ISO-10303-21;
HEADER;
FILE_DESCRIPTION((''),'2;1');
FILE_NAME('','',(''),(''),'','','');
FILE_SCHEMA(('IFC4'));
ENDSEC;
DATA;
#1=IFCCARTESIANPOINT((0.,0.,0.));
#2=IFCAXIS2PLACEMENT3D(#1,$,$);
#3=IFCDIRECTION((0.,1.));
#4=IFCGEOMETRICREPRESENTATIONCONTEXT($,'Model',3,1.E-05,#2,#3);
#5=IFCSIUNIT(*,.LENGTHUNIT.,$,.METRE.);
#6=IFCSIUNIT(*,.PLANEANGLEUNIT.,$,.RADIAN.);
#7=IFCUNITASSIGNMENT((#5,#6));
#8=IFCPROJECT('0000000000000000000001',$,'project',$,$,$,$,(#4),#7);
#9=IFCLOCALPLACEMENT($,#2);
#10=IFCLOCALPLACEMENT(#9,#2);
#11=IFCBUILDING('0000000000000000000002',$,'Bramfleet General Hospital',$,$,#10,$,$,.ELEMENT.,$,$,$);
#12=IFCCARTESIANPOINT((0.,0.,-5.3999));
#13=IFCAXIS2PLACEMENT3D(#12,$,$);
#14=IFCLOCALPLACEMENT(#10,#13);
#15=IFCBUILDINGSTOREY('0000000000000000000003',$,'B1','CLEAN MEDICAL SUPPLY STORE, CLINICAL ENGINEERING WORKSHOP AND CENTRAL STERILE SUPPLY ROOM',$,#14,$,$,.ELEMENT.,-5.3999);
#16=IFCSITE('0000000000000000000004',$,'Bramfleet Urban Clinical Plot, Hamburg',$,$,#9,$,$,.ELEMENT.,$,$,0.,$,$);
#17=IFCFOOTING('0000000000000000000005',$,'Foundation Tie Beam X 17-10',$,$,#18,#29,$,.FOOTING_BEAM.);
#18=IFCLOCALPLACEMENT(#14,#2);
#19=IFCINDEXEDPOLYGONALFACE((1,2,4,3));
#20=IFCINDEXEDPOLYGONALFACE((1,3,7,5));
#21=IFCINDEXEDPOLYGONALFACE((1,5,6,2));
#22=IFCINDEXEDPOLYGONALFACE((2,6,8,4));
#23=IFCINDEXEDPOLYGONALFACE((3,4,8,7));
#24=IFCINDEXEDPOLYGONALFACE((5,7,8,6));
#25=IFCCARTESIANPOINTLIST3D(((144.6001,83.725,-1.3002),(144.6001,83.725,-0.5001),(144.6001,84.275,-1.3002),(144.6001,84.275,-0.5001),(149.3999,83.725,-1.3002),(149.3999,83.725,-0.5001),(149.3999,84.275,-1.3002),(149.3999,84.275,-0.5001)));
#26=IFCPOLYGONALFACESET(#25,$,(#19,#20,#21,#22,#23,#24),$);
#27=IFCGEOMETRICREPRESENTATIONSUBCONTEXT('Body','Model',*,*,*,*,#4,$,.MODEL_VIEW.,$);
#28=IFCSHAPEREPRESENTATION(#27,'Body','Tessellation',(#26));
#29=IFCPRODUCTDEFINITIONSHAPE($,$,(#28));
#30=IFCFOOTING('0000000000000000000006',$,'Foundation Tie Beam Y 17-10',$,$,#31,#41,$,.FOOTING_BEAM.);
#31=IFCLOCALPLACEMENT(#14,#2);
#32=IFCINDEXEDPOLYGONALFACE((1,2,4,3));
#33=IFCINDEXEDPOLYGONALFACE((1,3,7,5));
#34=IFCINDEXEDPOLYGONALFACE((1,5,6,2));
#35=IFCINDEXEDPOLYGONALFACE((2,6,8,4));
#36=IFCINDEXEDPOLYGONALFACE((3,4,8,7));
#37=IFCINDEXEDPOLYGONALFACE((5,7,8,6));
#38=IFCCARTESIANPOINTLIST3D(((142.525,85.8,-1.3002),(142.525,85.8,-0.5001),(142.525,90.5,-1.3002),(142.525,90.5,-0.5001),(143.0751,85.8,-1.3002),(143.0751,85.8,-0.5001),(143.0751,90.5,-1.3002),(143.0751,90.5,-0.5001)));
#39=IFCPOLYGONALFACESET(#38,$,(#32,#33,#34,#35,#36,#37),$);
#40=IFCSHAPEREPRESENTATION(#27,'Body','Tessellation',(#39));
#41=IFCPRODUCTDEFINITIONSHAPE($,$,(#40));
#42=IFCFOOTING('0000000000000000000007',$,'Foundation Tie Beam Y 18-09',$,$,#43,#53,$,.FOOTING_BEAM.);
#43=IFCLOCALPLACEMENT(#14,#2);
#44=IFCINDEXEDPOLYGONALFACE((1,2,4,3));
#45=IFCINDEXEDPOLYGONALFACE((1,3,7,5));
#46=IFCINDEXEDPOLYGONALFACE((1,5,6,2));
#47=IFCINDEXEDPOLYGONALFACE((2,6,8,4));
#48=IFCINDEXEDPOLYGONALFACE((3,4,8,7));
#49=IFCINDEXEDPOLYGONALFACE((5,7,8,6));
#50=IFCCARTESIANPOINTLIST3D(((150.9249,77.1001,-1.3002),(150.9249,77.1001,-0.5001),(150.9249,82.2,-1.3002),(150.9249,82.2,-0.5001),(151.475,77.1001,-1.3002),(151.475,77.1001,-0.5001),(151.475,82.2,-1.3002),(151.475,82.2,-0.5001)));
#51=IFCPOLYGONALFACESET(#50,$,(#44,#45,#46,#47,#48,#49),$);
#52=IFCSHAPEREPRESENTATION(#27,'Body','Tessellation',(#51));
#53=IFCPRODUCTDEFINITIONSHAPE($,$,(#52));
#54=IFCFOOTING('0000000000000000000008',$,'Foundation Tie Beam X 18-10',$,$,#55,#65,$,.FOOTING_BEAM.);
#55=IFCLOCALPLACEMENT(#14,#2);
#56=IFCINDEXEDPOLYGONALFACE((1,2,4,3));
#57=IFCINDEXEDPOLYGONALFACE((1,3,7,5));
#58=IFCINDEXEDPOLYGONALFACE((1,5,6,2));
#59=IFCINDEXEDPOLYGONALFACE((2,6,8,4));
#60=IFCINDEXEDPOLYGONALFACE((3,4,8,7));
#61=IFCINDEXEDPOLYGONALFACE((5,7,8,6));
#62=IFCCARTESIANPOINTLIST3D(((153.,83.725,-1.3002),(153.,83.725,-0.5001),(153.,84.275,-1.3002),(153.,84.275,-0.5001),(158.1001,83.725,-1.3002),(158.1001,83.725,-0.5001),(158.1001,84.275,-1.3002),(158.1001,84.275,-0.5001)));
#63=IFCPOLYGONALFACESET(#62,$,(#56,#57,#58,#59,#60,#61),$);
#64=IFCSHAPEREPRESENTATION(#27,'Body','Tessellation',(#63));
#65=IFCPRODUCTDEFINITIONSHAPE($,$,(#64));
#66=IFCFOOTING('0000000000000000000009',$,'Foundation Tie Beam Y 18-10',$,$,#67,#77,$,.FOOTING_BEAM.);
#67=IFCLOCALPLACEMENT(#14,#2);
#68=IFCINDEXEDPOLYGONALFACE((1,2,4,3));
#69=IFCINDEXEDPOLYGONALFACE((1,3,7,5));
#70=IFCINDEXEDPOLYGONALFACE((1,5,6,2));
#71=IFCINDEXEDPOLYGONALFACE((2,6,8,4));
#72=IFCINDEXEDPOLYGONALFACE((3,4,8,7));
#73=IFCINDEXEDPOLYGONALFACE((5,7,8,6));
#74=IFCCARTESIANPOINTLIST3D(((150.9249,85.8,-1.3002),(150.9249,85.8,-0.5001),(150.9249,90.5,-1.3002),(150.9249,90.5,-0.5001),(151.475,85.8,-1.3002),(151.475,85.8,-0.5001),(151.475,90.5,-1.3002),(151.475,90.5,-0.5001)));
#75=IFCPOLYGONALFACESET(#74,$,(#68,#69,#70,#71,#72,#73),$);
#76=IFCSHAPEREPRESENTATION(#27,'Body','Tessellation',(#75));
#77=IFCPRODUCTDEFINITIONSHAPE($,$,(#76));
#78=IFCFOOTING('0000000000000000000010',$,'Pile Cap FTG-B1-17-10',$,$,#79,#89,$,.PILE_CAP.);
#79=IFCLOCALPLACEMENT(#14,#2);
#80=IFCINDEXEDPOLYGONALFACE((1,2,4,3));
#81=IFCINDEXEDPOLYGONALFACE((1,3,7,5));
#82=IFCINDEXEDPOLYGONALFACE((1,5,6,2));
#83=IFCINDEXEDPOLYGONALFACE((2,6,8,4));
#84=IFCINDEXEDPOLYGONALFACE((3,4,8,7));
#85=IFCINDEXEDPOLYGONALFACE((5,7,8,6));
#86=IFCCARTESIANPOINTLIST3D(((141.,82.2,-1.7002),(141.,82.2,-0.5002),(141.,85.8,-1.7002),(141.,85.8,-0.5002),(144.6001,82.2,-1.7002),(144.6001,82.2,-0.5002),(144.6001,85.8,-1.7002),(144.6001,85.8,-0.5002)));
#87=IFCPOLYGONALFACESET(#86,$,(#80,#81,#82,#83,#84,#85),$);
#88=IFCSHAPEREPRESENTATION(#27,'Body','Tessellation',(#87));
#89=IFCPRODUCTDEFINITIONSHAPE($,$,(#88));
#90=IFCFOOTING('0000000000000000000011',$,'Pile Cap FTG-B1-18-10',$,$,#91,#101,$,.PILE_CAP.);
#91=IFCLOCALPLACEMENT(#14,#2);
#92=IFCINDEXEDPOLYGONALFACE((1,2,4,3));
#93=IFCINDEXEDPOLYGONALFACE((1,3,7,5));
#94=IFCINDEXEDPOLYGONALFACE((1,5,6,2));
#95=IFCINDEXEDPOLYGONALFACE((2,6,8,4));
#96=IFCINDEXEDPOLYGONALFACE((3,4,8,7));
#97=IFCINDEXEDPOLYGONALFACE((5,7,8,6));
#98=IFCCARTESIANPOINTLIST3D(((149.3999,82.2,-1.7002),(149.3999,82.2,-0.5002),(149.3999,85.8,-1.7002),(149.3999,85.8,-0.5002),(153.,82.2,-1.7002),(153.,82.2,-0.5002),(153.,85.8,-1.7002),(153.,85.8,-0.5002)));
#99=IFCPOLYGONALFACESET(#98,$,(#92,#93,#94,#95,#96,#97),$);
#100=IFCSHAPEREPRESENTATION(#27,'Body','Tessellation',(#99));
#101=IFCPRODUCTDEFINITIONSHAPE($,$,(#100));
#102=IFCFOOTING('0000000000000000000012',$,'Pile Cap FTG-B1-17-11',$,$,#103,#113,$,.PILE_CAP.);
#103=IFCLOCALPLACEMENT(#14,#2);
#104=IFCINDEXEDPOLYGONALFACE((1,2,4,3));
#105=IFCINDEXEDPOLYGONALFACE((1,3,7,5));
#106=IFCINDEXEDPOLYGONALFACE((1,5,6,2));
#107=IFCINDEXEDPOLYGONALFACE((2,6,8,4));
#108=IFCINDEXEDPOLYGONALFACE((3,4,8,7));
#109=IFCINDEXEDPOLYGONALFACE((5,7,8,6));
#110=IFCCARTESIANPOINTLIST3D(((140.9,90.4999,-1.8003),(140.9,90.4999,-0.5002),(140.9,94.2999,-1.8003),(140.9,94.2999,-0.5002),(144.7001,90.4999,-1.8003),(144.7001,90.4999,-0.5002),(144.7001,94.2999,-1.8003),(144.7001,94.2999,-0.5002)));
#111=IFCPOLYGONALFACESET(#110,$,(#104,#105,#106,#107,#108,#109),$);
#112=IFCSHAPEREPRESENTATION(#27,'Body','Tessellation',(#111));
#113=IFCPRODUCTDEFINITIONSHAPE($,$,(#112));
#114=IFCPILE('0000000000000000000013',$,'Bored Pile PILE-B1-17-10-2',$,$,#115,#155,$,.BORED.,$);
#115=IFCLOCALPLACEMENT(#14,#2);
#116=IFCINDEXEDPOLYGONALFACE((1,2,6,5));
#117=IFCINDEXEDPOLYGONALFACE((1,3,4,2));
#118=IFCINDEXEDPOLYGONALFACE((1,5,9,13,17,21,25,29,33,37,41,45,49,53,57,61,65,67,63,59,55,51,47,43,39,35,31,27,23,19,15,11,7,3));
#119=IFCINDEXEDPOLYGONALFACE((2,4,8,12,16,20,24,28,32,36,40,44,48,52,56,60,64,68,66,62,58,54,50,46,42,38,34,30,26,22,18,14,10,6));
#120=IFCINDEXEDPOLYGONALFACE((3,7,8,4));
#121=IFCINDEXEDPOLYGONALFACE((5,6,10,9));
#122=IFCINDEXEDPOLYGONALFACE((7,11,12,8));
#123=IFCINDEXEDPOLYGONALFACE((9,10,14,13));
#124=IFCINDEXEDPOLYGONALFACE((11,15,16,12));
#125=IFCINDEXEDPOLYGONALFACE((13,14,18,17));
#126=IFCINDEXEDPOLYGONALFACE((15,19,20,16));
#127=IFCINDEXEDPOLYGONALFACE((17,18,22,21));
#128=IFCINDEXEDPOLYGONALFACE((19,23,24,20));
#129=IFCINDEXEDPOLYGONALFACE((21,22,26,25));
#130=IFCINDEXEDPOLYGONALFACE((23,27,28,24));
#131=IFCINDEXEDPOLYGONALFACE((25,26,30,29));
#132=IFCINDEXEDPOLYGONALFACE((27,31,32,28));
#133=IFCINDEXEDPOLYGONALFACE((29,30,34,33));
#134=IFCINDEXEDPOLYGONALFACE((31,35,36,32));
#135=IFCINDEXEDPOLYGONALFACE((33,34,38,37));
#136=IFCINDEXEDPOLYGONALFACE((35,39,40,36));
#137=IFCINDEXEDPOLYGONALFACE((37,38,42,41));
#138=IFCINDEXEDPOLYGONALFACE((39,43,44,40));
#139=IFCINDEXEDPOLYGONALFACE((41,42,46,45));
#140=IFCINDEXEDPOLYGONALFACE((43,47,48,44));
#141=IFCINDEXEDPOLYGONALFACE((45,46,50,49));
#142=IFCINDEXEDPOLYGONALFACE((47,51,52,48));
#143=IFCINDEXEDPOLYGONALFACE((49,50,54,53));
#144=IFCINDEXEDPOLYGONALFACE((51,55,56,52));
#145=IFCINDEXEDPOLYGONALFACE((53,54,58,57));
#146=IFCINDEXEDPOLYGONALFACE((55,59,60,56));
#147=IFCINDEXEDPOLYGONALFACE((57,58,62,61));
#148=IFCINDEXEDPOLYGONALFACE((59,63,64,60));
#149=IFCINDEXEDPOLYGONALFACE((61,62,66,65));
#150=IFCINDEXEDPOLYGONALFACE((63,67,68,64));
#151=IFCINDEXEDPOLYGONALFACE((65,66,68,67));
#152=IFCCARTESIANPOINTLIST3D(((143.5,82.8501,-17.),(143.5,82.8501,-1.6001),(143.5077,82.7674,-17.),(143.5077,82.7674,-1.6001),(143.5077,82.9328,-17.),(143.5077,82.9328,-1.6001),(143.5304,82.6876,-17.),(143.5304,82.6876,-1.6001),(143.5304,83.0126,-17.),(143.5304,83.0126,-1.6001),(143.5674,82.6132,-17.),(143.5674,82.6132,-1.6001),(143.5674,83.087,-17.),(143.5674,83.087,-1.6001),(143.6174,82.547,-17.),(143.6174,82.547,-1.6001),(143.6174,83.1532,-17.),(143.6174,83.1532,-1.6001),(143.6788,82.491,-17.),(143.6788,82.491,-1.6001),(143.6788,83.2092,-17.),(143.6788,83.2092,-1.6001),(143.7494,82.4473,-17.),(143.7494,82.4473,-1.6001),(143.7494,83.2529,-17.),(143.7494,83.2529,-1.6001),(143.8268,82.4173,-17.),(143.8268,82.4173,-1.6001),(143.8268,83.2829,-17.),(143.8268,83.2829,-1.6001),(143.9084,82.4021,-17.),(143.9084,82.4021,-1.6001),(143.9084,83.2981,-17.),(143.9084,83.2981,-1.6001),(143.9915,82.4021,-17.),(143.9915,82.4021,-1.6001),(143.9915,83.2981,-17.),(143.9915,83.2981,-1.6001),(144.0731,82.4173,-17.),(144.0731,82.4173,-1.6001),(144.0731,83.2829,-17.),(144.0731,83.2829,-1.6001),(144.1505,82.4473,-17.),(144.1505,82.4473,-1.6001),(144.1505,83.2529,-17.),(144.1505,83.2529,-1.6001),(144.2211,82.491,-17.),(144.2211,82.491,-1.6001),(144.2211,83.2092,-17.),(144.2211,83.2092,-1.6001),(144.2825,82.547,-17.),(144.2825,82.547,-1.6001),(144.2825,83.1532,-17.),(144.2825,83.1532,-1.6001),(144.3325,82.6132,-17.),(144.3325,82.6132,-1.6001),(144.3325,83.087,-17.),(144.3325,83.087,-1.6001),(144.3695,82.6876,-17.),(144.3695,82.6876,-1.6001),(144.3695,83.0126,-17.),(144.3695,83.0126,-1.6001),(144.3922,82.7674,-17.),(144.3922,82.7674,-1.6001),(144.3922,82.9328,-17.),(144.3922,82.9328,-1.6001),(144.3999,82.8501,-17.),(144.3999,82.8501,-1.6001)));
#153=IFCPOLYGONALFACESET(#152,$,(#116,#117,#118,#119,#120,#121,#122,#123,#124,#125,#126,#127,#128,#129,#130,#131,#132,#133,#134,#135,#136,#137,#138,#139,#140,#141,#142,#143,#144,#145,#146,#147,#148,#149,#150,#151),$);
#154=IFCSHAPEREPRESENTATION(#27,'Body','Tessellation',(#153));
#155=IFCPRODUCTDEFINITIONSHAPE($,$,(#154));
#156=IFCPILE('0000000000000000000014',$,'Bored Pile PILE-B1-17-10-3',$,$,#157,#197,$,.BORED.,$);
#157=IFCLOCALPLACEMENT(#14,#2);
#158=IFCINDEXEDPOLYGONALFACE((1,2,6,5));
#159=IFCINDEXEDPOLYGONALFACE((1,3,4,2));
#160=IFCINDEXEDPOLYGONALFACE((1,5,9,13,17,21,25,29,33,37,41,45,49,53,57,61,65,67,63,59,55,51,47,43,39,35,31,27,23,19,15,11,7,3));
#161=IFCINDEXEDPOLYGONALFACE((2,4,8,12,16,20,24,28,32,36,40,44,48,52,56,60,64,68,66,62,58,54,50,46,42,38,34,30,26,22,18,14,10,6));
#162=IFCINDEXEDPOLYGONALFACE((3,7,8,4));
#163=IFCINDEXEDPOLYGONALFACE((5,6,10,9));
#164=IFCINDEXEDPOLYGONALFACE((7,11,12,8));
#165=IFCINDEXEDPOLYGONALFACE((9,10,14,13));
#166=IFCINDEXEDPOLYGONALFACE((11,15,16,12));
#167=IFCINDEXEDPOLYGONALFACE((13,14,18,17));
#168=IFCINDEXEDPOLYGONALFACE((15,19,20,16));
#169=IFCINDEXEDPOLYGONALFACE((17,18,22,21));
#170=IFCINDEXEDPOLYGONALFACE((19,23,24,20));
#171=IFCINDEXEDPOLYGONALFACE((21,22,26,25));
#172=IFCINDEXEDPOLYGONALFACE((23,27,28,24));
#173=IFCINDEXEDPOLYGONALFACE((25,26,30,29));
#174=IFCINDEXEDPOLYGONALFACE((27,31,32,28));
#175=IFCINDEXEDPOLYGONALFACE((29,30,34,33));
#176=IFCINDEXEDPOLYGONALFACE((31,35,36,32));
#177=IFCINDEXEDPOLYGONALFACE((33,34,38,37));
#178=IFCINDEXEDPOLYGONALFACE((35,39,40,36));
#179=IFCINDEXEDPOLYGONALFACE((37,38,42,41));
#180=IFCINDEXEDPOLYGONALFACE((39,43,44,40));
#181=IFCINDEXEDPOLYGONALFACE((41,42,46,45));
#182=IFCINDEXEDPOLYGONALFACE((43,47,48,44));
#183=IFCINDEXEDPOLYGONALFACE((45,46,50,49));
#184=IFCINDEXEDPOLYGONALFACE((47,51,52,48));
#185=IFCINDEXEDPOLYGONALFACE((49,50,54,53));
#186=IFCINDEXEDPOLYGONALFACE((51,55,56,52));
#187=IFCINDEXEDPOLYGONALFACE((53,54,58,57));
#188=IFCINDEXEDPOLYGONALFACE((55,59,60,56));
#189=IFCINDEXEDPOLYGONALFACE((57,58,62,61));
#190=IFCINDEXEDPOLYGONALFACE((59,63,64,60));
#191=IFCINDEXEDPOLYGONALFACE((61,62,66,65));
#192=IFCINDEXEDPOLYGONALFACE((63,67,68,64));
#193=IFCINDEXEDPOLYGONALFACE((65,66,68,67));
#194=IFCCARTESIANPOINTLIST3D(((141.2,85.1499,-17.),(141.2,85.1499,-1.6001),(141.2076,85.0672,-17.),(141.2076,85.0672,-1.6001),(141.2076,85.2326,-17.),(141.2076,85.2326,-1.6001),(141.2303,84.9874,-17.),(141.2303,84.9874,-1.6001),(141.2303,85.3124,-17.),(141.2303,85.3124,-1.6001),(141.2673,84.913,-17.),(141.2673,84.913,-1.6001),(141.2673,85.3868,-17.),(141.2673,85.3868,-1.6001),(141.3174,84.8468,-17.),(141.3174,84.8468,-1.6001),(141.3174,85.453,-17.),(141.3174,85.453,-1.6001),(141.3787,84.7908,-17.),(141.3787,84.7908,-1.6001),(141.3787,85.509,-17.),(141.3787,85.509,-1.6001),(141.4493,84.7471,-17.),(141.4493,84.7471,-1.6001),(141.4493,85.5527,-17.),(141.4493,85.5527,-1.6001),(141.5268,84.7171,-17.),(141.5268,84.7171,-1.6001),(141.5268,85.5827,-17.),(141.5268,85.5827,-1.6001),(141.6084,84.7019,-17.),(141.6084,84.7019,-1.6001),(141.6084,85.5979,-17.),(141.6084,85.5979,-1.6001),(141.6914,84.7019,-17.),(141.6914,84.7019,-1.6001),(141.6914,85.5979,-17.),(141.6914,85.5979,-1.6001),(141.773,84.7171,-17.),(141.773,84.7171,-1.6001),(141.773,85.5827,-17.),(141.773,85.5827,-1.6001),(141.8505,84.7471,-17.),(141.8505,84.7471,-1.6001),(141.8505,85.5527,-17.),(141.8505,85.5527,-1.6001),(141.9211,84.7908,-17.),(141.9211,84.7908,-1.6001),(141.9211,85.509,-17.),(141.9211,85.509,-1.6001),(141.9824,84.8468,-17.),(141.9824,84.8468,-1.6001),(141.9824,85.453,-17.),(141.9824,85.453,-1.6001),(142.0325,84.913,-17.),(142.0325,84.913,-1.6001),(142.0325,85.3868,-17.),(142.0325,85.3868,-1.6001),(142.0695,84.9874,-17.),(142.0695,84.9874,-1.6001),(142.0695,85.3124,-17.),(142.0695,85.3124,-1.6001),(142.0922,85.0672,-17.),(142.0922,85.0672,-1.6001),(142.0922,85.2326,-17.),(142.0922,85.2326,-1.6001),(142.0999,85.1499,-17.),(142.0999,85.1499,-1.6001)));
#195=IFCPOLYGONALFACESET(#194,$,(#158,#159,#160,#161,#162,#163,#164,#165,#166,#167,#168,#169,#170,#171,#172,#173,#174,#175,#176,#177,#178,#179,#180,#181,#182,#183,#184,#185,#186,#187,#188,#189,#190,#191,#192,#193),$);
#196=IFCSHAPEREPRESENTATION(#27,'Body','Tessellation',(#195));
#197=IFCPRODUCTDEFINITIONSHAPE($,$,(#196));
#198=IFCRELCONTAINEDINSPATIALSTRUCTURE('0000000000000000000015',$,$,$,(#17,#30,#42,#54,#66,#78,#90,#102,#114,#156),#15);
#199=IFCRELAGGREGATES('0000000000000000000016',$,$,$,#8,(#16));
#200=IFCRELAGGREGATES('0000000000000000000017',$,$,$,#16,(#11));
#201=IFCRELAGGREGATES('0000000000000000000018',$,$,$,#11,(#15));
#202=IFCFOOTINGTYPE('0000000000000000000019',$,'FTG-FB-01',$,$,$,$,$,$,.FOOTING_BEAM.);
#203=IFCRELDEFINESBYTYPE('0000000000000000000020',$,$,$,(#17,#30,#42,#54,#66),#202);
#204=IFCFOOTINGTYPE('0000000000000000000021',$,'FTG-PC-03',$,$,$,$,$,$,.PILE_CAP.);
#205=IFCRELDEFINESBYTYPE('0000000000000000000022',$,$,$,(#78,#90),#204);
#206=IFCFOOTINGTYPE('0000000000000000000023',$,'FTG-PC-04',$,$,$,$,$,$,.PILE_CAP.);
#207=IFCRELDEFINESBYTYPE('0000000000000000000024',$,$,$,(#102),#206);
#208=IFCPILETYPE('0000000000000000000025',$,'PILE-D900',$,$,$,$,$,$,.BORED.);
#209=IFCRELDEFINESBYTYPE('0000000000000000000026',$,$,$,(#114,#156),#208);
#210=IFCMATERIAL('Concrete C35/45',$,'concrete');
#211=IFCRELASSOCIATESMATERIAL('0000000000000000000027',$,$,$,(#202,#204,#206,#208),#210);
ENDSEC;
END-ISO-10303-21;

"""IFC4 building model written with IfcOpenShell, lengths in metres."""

from ifc_helpers import new_model, si_unit, direction, frame, origin, origin_2d, place, context, subcontext, project, spatial, rectangle, circle, extrude, material, material_profile, profile_set, type_object, element, save


model = new_model("IFC4")

# Units and contexts
model_context = context("Model", 3, precision=1e-05, world=origin(), true_north=direction((0.0, 1.0)))
body_context = subcontext(model_context, "Body", "Model", "MODEL_VIEW")
ifc_project = project(units=[si_unit("LENGTHUNIT", "METRE"), si_unit("PLANEANGLEUNIT", "RADIAN")], contexts=[model_context])

# Site, building, storey
site_placement = place(None, origin())
site = spatial("IfcSite", under=ifc_project, at=site_placement, Name="Bramfleet Urban Clinical Plot, Hamburg", CompositionType="ELEMENT", RefElevation=0.0)
building_placement = place(site_placement, origin())
building = spatial("IfcBuilding", under=site, at=building_placement, Name="Bramfleet General Hospital", CompositionType="ELEMENT")
storey_placement = place(building_placement, frame((0.0, 0.0, -5.3999)))
storey = spatial("IfcBuildingStorey", under=building, at=storey_placement, Name="B1", Description="CLEAN MEDICAL SUPPLY STORE, CLINICAL ENGINEERING WORKSHOP AND CENTRAL STERILE SUPPLY ROOM", CompositionType="ELEMENT", Elevation=-5.3999)

# Footings
ifc_material_1 = material(Name="Concrete C35/45", Category="concrete")
ifc_material_profile_1 = material_profile(ifc_material_1, rectangle(XDim=0.55, YDim=0.8, at=origin_2d()), Name="RC FB 800x550")
ifc_profile_set_1 = profile_set([ifc_material_profile_1], Name="Concrete C35/45")
footing_type_1 = type_object("IfcFootingType", Name="FTG-FB-01", PredefinedType="FOOTING_BEAM", material=ifc_profile_set_1)
footing_1_placement = place(storey_placement, frame((144.6001, 84.0, -0.9001), z_axis=(1.0, 0.0, 0.0), x_axis=(0.0, 1.0, 0.0)))
element("IfcFooting", 1, at=footing_1_placement, inside=storey, type_object=footing_type_1, Name="Foundation Tie Beam X 17-10", PredefinedType="FOOTING_BEAM", context=body_context, shape_type="SweptSolid", body=[
    extrude(rectangle(XDim=0.55, YDim=0.8, at=origin_2d()), origin(), (0.0, 0.0, 1.0), 4.7998),
])
footing_2_placement = place(storey_placement, frame((142.8, 85.8, -0.9001), z_axis=(0.0, 1.0, 0.0), x_axis=(-1.0, 0.0, 0.0)))
element("IfcFooting", 2, at=footing_2_placement, inside=storey, type_object=footing_type_1, Name="Foundation Tie Beam Y 17-10", PredefinedType="FOOTING_BEAM", context=body_context, shape_type="SweptSolid", body=[
    extrude(rectangle(XDim=0.55, YDim=0.8, at=origin_2d()), origin(), (0.0, 0.0, 1.0), 4.7),
])
footing_3_placement = place(storey_placement, frame((151.2, 77.1001, -0.9001), z_axis=(0.0, 1.0, 0.0), x_axis=(-1.0, 0.0, 0.0)))
element("IfcFooting", 3, at=footing_3_placement, inside=storey, type_object=footing_type_1, Name="Foundation Tie Beam Y 18-09", PredefinedType="FOOTING_BEAM", context=body_context, shape_type="SweptSolid", body=[
    extrude(rectangle(XDim=0.55, YDim=0.8, at=origin_2d()), origin(), (0.0, 0.0, 1.0), 5.0999),
])
footing_4_placement = place(storey_placement, frame((153.0, 84.0, -0.9001), z_axis=(1.0, 0.0, 0.0), x_axis=(0.0, 1.0, 0.0)))
element("IfcFooting", 4, at=footing_4_placement, inside=storey, type_object=footing_type_1, Name="Foundation Tie Beam X 18-10", PredefinedType="FOOTING_BEAM", context=body_context, shape_type="SweptSolid", body=[
    extrude(rectangle(XDim=0.55, YDim=0.8, at=origin_2d()), origin(), (0.0, 0.0, 1.0), 5.1001),
])
footing_5_placement = place(storey_placement, frame((151.2, 85.8, -0.9001), z_axis=(0.0, 1.0, 0.0), x_axis=(-1.0, 0.0, 0.0)))
element("IfcFooting", 5, at=footing_5_placement, inside=storey, type_object=footing_type_1, Name="Foundation Tie Beam Y 18-10", PredefinedType="FOOTING_BEAM", context=body_context, shape_type="SweptSolid", body=[
    extrude(rectangle(XDim=0.55, YDim=0.8, at=origin_2d()), origin(), (0.0, 0.0, 1.0), 4.7),
])
footing_type_2 = type_object("IfcFootingType", Name="FTG-PC-03", PredefinedType="PILE_CAP", material=ifc_material_1)
for number, where, z_axis, x_axis, name in (
    (6, (142.8, 84.0, -1.7002), (0.0, 0.0, 1.0), (1.0, 0.0, 0.0), "Pile Cap FTG-B1-17-10"),
    (7, (151.2, 84.0, -1.7002), (0.0, 0.0, 1.0), (1.0, 0.0, 0.0), "Pile Cap FTG-B1-18-10"),
):
    element("IfcFooting", number, at=place(storey_placement, frame(where, z_axis=z_axis, x_axis=x_axis)), inside=storey, type_object=footing_type_2, Name=name, PredefinedType="PILE_CAP", context=body_context, shape_type="SweptSolid", body=[
        extrude(rectangle(XDim=3.6001, YDim=3.6001, at=origin_2d()), origin(), (0.0, 0.0, 1.0), 1.2),
    ])
footing_type_3 = type_object("IfcFootingType", Name="FTG-PC-04", PredefinedType="PILE_CAP", material=ifc_material_1)
footing_6_placement = place(storey_placement, frame((142.8, 92.3999, -1.8003), z_axis=(0.0, 0.0, 1.0), x_axis=(1.0, 0.0, 0.0)))
element("IfcFooting", 8, at=footing_6_placement, inside=storey, type_object=footing_type_3, Name="Pile Cap FTG-B1-17-11", PredefinedType="PILE_CAP", context=body_context, shape_type="SweptSolid", body=[
    extrude(rectangle(XDim=3.8, YDim=3.8, at=origin_2d()), origin(), (0.0, 0.0, 1.0), 1.3),
])

# Piles
ifc_material_profile_2 = material_profile(ifc_material_1, circle(Radius=0.45, at=origin_2d()), Name="PILE BORED D900")
ifc_profile_set_2 = profile_set([ifc_material_profile_2], Name="Concrete C35/45")
pile_type = type_object("IfcPileType", Name="PILE-D900", PredefinedType="BORED", material=ifc_profile_set_2)
for number, where, z_axis, x_axis, name in (
    (9, (143.95, 82.8501, -1.6001), (0.0, 0.0, -1.0), (1.0, 0.0, 0.0), "Bored Pile PILE-B1-17-10-2"),
    (10, (141.6499, 85.1499, -1.6001), (0.0, 0.0, -1.0), (1.0, 0.0, 0.0), "Bored Pile PILE-B1-17-10-3"),
):
    element("IfcPile", number, at=place(storey_placement, frame(where, z_axis=z_axis, x_axis=x_axis)), inside=storey, type_object=pile_type, Name=name, PredefinedType="BORED", context=body_context, shape_type="SweptSolid", body=[
        extrude(circle(Radius=0.45, at=origin_2d()), origin(), (0.0, 0.0, 1.0), 15.3999),
    ])

save(model, "model.ifc")
